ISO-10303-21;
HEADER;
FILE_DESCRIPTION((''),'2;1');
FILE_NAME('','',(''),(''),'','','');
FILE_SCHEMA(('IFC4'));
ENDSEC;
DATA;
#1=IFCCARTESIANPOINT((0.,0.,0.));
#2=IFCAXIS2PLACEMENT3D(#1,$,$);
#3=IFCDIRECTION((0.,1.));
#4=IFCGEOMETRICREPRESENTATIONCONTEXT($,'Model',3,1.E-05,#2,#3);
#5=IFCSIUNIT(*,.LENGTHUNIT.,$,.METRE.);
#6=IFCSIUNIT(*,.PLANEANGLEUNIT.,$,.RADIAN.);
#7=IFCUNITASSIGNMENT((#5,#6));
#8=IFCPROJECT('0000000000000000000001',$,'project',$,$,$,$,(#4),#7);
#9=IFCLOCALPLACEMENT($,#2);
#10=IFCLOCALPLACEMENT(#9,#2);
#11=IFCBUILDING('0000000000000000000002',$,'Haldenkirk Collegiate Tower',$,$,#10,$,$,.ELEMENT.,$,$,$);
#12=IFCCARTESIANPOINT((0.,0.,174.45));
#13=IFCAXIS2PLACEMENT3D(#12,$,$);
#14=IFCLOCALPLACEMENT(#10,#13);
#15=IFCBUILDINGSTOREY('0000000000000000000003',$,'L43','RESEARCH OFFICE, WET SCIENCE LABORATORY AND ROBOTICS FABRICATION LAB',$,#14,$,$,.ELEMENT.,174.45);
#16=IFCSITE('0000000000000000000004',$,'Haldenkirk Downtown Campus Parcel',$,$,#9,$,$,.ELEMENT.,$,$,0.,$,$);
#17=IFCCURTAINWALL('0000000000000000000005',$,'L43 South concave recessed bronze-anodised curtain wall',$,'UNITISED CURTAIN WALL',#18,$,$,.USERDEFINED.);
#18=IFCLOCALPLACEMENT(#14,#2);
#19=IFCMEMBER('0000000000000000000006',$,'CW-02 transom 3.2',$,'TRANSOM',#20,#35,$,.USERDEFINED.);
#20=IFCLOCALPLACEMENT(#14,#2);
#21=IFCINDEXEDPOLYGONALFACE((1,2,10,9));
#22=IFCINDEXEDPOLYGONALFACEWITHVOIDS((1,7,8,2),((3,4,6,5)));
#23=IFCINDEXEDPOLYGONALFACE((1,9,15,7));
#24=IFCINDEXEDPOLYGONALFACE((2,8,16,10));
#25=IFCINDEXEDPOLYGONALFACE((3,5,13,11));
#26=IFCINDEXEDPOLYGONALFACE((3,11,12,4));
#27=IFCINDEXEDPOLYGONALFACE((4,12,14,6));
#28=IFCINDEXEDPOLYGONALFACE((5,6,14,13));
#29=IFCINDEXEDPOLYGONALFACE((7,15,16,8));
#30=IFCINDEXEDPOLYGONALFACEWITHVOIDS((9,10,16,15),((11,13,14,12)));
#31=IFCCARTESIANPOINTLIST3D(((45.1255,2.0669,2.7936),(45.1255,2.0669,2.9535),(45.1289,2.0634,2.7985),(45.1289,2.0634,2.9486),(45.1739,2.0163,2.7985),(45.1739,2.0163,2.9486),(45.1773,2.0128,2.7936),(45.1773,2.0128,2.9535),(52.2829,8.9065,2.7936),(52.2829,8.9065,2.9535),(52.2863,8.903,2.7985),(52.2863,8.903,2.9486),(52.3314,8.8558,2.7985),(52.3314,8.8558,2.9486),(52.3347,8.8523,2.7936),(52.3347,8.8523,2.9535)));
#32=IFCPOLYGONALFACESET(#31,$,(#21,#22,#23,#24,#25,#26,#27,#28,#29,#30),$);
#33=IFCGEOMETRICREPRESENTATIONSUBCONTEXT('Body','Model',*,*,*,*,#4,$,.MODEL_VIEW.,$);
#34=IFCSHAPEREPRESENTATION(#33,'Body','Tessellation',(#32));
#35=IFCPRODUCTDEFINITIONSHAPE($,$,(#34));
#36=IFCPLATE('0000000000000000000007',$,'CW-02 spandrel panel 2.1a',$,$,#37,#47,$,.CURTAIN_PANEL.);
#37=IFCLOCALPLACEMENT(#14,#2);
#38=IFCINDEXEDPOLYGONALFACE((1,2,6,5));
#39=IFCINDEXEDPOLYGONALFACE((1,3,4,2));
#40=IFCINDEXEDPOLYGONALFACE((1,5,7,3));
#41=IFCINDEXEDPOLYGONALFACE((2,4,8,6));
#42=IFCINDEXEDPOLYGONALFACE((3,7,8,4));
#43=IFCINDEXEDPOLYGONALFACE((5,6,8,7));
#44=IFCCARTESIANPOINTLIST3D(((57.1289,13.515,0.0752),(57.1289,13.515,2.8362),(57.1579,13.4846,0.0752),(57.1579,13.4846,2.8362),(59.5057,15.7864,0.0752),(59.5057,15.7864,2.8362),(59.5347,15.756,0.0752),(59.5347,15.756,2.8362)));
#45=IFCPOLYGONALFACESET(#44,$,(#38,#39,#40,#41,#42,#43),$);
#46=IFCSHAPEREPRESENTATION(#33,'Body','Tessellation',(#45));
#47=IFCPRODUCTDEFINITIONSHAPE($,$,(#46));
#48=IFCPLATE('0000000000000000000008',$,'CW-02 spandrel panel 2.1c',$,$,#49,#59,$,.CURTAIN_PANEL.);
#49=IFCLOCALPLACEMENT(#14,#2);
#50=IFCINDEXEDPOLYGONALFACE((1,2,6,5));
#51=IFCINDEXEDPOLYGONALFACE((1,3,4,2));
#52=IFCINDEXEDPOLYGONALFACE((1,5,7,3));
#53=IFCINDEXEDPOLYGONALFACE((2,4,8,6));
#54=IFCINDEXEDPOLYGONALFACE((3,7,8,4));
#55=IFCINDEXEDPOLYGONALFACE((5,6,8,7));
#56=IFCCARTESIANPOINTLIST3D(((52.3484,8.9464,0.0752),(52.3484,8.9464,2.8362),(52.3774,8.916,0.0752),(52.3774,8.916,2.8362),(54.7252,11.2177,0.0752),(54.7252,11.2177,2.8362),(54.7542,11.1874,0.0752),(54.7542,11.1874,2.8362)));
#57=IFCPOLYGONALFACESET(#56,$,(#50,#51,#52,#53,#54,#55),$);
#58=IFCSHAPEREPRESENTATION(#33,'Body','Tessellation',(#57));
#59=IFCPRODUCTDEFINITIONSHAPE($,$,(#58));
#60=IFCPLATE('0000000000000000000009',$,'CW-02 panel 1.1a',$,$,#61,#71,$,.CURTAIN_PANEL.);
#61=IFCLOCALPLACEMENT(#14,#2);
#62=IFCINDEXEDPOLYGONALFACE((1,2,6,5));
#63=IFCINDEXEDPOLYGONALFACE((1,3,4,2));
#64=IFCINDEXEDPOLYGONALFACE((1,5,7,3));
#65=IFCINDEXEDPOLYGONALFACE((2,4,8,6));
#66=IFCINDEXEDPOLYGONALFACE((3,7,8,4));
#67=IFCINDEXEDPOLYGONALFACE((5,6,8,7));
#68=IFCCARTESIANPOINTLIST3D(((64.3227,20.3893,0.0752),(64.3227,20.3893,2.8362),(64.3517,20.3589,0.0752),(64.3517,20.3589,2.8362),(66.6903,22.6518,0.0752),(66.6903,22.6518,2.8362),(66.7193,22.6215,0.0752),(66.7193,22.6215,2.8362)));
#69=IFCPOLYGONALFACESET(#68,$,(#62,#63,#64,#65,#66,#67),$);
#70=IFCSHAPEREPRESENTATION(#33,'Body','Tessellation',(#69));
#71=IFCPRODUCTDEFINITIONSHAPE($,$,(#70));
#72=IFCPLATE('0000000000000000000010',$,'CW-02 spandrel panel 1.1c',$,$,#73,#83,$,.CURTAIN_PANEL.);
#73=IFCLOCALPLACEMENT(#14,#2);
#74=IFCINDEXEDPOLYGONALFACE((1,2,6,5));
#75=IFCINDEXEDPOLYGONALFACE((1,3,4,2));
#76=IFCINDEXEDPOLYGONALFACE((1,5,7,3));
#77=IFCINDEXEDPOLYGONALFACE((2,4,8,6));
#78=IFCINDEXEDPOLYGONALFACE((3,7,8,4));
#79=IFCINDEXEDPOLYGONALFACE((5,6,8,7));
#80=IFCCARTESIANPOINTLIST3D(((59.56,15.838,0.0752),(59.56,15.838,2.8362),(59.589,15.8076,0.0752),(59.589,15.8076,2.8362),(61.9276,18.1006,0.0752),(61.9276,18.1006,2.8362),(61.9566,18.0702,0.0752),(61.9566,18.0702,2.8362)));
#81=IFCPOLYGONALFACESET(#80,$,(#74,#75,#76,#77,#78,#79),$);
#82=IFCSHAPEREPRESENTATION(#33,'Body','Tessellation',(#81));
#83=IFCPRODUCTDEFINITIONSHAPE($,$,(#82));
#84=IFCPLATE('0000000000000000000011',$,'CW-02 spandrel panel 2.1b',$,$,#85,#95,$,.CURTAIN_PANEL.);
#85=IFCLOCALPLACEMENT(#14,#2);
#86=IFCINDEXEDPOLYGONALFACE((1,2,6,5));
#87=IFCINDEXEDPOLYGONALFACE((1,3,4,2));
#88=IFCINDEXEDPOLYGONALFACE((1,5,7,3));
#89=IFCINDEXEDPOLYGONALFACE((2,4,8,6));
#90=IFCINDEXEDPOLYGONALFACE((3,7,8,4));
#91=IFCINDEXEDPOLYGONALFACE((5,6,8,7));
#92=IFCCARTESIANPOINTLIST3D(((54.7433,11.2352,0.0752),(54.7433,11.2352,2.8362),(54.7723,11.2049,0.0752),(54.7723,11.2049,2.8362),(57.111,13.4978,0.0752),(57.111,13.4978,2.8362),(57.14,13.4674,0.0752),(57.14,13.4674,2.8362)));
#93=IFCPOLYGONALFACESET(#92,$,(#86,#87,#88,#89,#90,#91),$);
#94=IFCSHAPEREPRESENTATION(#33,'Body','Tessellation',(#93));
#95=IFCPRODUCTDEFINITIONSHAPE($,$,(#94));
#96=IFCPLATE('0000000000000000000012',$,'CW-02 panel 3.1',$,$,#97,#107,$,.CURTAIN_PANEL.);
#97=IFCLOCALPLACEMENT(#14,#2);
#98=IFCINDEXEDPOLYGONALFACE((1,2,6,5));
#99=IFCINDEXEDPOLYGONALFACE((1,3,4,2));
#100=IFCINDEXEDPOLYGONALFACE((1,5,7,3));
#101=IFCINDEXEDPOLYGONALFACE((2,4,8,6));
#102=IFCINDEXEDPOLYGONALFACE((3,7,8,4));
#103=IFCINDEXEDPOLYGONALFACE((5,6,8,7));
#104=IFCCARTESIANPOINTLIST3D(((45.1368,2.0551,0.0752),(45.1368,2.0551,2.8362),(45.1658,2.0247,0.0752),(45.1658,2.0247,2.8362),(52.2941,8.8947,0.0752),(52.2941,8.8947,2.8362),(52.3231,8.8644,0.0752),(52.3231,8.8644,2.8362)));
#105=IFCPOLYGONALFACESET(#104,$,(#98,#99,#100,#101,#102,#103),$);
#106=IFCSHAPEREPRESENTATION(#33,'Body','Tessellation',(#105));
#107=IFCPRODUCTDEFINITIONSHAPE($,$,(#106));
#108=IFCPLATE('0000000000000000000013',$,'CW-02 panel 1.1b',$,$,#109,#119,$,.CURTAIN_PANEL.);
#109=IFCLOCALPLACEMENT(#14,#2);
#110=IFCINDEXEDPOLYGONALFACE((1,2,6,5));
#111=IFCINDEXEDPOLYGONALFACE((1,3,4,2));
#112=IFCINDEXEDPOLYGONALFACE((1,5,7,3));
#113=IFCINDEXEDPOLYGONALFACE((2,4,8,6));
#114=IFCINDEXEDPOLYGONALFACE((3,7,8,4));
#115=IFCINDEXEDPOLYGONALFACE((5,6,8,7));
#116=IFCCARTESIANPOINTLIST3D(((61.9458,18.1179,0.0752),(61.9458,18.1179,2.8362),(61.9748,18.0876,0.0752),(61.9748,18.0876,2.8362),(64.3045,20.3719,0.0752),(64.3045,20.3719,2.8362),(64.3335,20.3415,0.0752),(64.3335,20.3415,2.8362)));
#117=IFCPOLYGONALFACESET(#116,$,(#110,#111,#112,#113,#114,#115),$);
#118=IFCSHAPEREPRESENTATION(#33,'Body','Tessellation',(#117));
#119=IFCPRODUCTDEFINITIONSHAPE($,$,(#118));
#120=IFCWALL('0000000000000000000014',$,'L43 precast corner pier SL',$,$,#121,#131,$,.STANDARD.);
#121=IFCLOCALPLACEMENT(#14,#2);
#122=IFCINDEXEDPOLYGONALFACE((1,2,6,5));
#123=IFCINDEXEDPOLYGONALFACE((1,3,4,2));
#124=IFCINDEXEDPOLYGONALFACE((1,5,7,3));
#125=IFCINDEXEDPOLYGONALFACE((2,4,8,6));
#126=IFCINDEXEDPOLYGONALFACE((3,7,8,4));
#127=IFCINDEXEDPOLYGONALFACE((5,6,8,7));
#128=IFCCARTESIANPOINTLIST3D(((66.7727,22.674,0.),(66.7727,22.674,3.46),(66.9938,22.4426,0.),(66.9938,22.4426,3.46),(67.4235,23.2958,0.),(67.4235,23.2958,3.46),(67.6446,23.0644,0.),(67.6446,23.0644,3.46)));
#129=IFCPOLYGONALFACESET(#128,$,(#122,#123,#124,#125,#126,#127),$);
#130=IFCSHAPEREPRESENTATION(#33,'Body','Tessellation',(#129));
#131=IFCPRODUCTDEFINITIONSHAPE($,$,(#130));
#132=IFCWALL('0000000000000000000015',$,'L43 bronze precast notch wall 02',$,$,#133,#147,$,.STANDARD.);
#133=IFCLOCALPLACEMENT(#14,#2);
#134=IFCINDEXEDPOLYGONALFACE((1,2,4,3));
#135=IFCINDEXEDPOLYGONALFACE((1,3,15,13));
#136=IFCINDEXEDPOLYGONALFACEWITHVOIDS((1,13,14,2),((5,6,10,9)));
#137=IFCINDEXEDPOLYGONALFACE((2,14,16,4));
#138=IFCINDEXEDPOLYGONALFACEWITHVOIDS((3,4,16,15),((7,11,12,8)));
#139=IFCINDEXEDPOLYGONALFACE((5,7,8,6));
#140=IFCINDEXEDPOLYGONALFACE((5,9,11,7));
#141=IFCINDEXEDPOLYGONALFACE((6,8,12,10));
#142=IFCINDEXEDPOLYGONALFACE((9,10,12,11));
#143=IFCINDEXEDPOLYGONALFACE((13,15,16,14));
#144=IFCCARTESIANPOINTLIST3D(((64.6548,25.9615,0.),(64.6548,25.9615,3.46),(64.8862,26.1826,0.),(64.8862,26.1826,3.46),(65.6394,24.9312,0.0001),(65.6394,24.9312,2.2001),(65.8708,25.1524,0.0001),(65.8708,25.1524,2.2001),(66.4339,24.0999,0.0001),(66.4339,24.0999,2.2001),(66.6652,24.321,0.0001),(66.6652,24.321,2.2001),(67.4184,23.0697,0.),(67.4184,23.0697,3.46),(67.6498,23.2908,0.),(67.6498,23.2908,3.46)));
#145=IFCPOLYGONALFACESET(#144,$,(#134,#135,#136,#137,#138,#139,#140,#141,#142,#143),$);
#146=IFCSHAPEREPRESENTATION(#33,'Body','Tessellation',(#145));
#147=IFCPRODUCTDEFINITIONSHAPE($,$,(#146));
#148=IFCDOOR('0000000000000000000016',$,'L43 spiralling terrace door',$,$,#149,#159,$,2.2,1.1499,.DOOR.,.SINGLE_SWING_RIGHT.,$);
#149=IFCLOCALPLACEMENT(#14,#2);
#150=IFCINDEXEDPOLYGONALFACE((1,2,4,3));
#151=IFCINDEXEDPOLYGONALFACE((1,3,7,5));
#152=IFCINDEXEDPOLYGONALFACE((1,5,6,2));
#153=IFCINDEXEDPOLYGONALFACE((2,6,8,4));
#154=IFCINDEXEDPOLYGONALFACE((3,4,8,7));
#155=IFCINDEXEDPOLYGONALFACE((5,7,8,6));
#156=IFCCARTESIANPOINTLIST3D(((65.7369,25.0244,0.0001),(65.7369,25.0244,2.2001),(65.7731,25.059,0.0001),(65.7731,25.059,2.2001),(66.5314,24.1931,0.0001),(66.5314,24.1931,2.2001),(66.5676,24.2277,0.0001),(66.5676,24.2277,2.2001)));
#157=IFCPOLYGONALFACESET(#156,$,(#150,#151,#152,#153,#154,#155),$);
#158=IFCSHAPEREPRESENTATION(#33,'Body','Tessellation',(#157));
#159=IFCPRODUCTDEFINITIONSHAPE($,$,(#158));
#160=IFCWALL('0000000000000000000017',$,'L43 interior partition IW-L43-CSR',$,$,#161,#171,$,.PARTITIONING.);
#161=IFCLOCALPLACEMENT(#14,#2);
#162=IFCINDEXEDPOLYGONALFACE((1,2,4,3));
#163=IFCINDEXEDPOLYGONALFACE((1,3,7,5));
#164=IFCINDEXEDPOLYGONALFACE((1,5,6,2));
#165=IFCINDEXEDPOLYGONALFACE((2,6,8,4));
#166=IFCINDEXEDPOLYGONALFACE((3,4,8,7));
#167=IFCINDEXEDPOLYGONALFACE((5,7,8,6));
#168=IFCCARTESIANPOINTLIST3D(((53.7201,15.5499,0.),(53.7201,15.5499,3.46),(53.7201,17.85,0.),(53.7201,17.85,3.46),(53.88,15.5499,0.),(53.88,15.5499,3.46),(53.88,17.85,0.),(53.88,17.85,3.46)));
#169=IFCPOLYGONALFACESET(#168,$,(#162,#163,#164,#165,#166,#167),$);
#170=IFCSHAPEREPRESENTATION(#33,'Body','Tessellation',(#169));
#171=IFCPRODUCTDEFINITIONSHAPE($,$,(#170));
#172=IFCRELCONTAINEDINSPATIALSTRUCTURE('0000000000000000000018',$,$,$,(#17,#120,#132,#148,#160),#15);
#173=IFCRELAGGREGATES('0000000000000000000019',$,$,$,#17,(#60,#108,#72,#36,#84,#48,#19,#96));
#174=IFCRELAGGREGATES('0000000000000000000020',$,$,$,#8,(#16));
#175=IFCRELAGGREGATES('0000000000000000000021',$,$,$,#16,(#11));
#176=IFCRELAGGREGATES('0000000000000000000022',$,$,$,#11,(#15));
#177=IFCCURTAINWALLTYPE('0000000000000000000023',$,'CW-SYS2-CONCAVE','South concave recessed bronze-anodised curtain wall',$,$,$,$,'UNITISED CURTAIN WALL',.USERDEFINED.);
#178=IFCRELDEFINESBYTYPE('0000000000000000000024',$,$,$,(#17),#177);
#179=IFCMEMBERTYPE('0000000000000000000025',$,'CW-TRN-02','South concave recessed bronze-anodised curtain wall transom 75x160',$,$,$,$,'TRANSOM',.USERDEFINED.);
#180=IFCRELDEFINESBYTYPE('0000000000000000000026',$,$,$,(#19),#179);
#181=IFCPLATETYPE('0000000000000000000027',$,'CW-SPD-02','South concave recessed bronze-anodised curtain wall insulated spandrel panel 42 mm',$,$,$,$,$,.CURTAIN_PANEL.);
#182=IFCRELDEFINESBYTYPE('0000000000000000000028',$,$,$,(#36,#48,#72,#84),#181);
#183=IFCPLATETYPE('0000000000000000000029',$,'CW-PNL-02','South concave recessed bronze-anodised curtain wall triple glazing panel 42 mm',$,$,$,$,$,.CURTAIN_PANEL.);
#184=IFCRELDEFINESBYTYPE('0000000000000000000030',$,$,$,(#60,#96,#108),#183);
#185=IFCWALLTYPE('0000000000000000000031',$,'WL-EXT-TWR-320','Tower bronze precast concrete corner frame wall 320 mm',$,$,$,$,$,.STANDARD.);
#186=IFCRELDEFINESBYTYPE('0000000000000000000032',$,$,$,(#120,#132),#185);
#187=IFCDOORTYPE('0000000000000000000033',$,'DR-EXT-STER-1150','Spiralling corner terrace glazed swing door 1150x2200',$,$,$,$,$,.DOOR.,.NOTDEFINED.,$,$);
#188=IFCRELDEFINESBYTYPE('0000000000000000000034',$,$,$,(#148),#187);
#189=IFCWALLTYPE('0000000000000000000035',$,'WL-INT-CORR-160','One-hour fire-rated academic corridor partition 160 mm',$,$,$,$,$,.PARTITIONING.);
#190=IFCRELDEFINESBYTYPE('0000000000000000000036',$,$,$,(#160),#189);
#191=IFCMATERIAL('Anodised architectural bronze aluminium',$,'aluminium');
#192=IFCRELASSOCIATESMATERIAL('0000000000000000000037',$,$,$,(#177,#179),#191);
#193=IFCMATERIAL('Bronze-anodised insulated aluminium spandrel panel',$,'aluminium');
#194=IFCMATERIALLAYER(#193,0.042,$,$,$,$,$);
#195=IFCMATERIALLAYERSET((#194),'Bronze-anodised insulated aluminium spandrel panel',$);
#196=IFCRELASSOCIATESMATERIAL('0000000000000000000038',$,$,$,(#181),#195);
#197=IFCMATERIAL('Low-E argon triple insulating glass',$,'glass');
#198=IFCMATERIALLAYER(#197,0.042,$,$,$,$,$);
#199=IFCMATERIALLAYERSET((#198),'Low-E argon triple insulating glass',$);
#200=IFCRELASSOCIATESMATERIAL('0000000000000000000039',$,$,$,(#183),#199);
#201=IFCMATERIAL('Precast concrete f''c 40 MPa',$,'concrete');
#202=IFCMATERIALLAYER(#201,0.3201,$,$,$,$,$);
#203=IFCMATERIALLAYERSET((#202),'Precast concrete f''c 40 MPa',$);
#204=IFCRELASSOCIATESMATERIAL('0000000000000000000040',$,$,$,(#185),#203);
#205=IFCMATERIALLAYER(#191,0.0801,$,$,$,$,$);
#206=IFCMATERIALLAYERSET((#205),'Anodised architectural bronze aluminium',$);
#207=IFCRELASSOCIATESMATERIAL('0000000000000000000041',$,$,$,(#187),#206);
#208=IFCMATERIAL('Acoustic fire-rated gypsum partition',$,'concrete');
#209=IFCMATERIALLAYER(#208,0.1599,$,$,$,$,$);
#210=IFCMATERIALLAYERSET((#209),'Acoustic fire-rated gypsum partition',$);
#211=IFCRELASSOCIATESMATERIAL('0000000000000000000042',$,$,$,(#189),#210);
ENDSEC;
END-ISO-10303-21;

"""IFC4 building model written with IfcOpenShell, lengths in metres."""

from ifc_helpers import new_model, si_unit, direction, frame, frame_2d, origin, origin_2d, place, context, subcontext, project, spatial, rectangle, hollow_rectangle, extrude, source, transform, mapped, material, layer, layer_set, material_profile, profile_set, type_object, element, fill, aggregate, save


model = new_model("IFC4")

# Units and contexts
model_context = context("Model", 3, precision=1e-05, world=origin(), true_north=direction((0.0, 1.0)))
body_context = subcontext(model_context, "Body", "Model", "MODEL_VIEW")
ifc_project = project(units=[si_unit("LENGTHUNIT", "METRE"), si_unit("PLANEANGLEUNIT", "RADIAN")], contexts=[model_context])

# Site, building, storey
site_placement = place(None, origin())
site = spatial("IfcSite", under=ifc_project, at=site_placement, Name="Haldenkirk Downtown Campus Parcel", CompositionType="ELEMENT", RefElevation=0.0)
building_placement = place(site_placement, origin())
building = spatial("IfcBuilding", under=site, at=building_placement, Name="Haldenkirk Collegiate Tower", CompositionType="ELEMENT")
storey_placement = place(building_placement, frame((0.0, 0.0, 174.45)))
storey = spatial("IfcBuildingStorey", under=building, at=storey_placement, Name="L43", Description="RESEARCH OFFICE, WET SCIENCE LABORATORY AND ROBOTICS FABRICATION LAB", CompositionType="ELEMENT", Elevation=174.45)

# Curtain wall, member, plates
ifc_material_1 = material(Name="Anodised architectural bronze aluminium", Category="aluminium")
curtain_wall_type = type_object("IfcCurtainWallType", Name="CW-SYS2-CONCAVE", Description="South concave recessed bronze-anodised curtain wall", ElementType="UNITISED CURTAIN WALL", PredefinedType="USERDEFINED", material=ifc_material_1)
curtain_wall_placement = place(storey_placement, origin())
curtain_wall = element("IfcCurtainWall", 1, at=curtain_wall_placement, inside=storey, type_object=curtain_wall_type, Name="L43 South concave recessed bronze-anodised curtain wall", ObjectType="UNITISED CURTAIN WALL", PredefinedType="USERDEFINED")
ifc_material_profile_1 = material_profile(ifc_material_1, hollow_rectangle(XDim=0.075, YDim=0.1599, WallThickness=0.0049, at=origin_2d()), Name="CW-TRN-02")
ifc_profile_set_1 = profile_set([ifc_material_profile_1], Name="Anodised architectural bronze aluminium")
member_type_1 = type_object("IfcMemberType", Name="CW-TRN-02", Description="South concave recessed bronze-anodised curtain wall transom 75x160", ElementType="TRANSOM", PredefinedType="USERDEFINED", material=ifc_profile_set_1)
member_1_placement = place(storey_placement, frame((52.3088, 8.8794, 2.8735), z_axis=(-0.722979, -0.69087, 0.0), x_axis=(0.69087, -0.722979, 0.0)))
member_1 = element("IfcMember", 2, at=member_1_placement, type_object=member_type_1, Name="CW-02 transom 3.2", ObjectType="TRANSOM", PredefinedType="USERDEFINED", context=body_context, shape_type="SweptSolid", body=[
    extrude(hollow_rectangle(XDim=0.075, YDim=0.1599, WallThickness=0.0049, at=origin_2d()), origin(), (0.0, 0.0, 1.0), 9.8999),
])
ifc_material_2 = material(Name="Bronze-anodised insulated aluminium spandrel panel", Category="aluminium")
ifc_layer_1 = layer(ifc_material_2, 0.042)
ifc_layer_set_1 = layer_set([ifc_layer_1], Name="Bronze-anodised insulated aluminium spandrel panel")
plate_type_1 = type_object("IfcPlateType", Name="CW-SPD-02", Description="South concave recessed bronze-anodised curtain wall insulated spandrel panel 42 mm", PredefinedType="CURTAIN_PANEL", material=ifc_layer_set_1)
shared_shape_1 = source(origin(), body_context, "Body", "SweptSolid", [
    extrude(rectangle(XDim=3.2876, YDim=0.042, at=origin_2d()), origin(), (0.0, 0.0, 1.0), 2.761),
])
plate_1_placement = place(storey_placement, frame((58.3318, 14.6355, 0.0752), z_axis=(0.0, 0.0, 1.0), x_axis=(-0.722966, -0.690883, 0.0)))
plate_1 = element("IfcPlate", 3, at=plate_1_placement, type_object=plate_type_1, Name="CW-02 spandrel panel 2.1a", PredefinedType="CURTAIN_PANEL", context=body_context, shape_type="MappedRepresentation", body=[
    mapped(shared_shape_1, transform((0.0, 0.0, 0.0), x_axis=(1.0, 0.0, 0.0), y_axis=(0.0, 1.0, 0.0), z_axis=(0.0, 0.0, 1.0), scale=1.0)),
])
plate_2_placement = place(storey_placement, frame((53.5513, 10.0669, 0.0752), z_axis=(0.0, 0.0, 1.0), x_axis=(-0.722966, -0.690883, 0.0)))
plate_2 = element("IfcPlate", 4, at=plate_2_placement, type_object=plate_type_1, Name="CW-02 spandrel panel 2.1c", PredefinedType="CURTAIN_PANEL", context=body_context, shape_type="MappedRepresentation", body=[
    mapped(shared_shape_1, transform((0.0, 0.0, 0.0), x_axis=(1.0, 0.0, 0.0), y_axis=(0.0, 1.0, 0.0), z_axis=(0.0, 0.0, 1.0), scale=1.0)),
])
ifc_material_3 = material(Name="Low-E argon triple insulating glass", Category="glass")
ifc_layer_2 = layer(ifc_material_3, 0.042)
ifc_layer_set_2 = layer_set([ifc_layer_2], Name="Low-E argon triple insulating glass")
plate_type_2 = type_object("IfcPlateType", Name="CW-PNL-02", Description="South concave recessed bronze-anodised curtain wall triple glazing panel 42 mm", PredefinedType="CURTAIN_PANEL", material=ifc_layer_set_2)
shared_shape_2 = source(origin(), body_context, "Body", "SweptSolid", [
    extrude(rectangle(XDim=3.2749, YDim=0.042, at=origin_2d()), origin(), (0.0, 0.0, 1.0), 2.761),
])
plate_3_placement = place(storey_placement, frame((65.521, 21.5054, 0.0752), z_axis=(0.0, 0.0, 1.0), x_axis=(-0.722966, -0.690883, 0.0)))
plate_3 = element("IfcPlate", 5, at=plate_3_placement, type_object=plate_type_2, Name="CW-02 panel 1.1a", PredefinedType="CURTAIN_PANEL", context=body_context, shape_type="MappedRepresentation", body=[
    mapped(shared_shape_2, transform((0.0, 0.0, 0.0), x_axis=(1.0, 0.0, 0.0), y_axis=(0.0, 1.0, 0.0), z_axis=(0.0, 0.0, 1.0), scale=1.0)),
])
plate_4_placement = place(storey_placement, frame((60.7583, 16.9541, 0.0752), z_axis=(0.0, 0.0, 1.0), x_axis=(-0.722966, -0.690883, 0.0)))
plate_4 = element("IfcPlate", 6, at=plate_4_placement, type_object=plate_type_1, Name="CW-02 spandrel panel 1.1c", PredefinedType="CURTAIN_PANEL", context=body_context, shape_type="MappedRepresentation", body=[
    mapped(shared_shape_2, transform((0.0, 0.0, 0.0), x_axis=(1.0, 0.0, 0.0), y_axis=(0.0, 1.0, 0.0), z_axis=(0.0, 0.0, 1.0), scale=1.0)),
])
plate_5_placement = place(storey_placement, frame((55.9417, 12.3513, 0.0752), z_axis=(0.0, 0.0, 1.0), x_axis=(-0.722966, -0.690883, 0.0)))
plate_5 = element("IfcPlate", 7, at=plate_5_placement, type_object=plate_type_1, Name="CW-02 spandrel panel 2.1b", PredefinedType="CURTAIN_PANEL", context=body_context, shape_type="MappedRepresentation", body=[
    mapped(shared_shape_2, transform((0.0, 0.0, 0.0), x_axis=(1.0, 0.0, 0.0), y_axis=(0.0, 1.0, 0.0), z_axis=(0.0, 0.0, 1.0), scale=1.0)),
])
shared_shape_3 = source(origin(), body_context, "Body", "SweptSolid", [
    extrude(rectangle(XDim=9.8999, YDim=0.042, at=origin_2d()), origin(), (0.0, 0.0, 1.0), 2.761),
])
plate_6_placement = place(storey_placement, frame((48.73, 5.4597, 0.0752), z_axis=(0.0, 0.0, 1.0), x_axis=(-0.722966, -0.690883, 0.0)))
plate_6 = element("IfcPlate", 8, at=plate_6_placement, type_object=plate_type_2, Name="CW-02 panel 3.1", PredefinedType="CURTAIN_PANEL", context=body_context, shape_type="MappedRepresentation", body=[
    mapped(shared_shape_3, transform((0.0, 0.0, 0.0), x_axis=(1.0, 0.0, 0.0), y_axis=(0.0, 1.0, 0.0), z_axis=(0.0, 0.0, 1.0), scale=1.0)),
])
shared_shape_4 = source(origin(), body_context, "Body", "SweptSolid", [
    extrude(rectangle(XDim=3.2625, YDim=0.042, at=origin_2d()), origin(), (0.0, 0.0, 1.0), 2.761),
])
plate_7_placement = place(storey_placement, frame((63.1396, 19.2297, 0.0752), z_axis=(0.0, 0.0, 1.0), x_axis=(-0.722966, -0.690883, 0.0)))
plate_7 = element("IfcPlate", 9, at=plate_7_placement, type_object=plate_type_2, Name="CW-02 panel 1.1b", PredefinedType="CURTAIN_PANEL", context=body_context, shape_type="MappedRepresentation", body=[
    mapped(shared_shape_4, transform((0.0, 0.0, 0.0), x_axis=(1.0, 0.0, 0.0), y_axis=(0.0, 1.0, 0.0), z_axis=(0.0, 0.0, 1.0), scale=1.0)),
])
aggregate(curtain_wall, [plate_3, plate_7, plate_4, plate_1, plate_5, plate_2, member_1, plate_6])

# Wall
ifc_material_4 = material(Name="Precast concrete f'c 40 MPa", Category="concrete")
ifc_layer_3 = layer(ifc_material_4, 0.3201)
ifc_layer_set_3 = layer_set([ifc_layer_3], Name="Precast concrete f'c 40 MPa")
wall_type_1 = type_object("IfcWallType", Name="WL-EXT-TWR-320", Description="Tower bronze precast concrete corner frame wall 320 mm", PredefinedType="STANDARD", material=ifc_layer_set_3)
wall_1_placement = place(storey_placement, frame((67.5342, 23.1802, 0.0), z_axis=(0.0, 0.0, 1.0), x_axis=(-0.72306, -0.690785, 0.0)))
element("IfcWall", 10, at=wall_1_placement, inside=storey, type_object=wall_type_1, Name="L43 precast corner pier SL", PredefinedType="STANDARD", context=body_context, shape_type="SweptSolid", body=[
    extrude(rectangle(XDim=0.9001, YDim=0.3201, at=frame_2d((0.4502, 0.0))), origin(), (0.0, 0.0, 1.0), 3.46),
])

# Wall, opening, door
wall_2_placement = place(storey_placement, frame((64.7705, 26.072, 0.0), z_axis=(0.0, 0.0, 1.0), x_axis=(0.690904, -0.722947, 0.0)))
wall_2 = element("IfcWall", 11, at=wall_2_placement, inside=storey, type_object=wall_type_1, Name="L43 bronze precast notch wall 02", PredefinedType="STANDARD", context=body_context, shape_type="SweptSolid", body=[
    extrude(rectangle(XDim=4.0, YDim=0.3201, at=frame_2d((2.0, 0.0))), origin(), (0.0, 0.0, 1.0), 3.46),
])
opening_placement = place(wall_2_placement, frame((1.425, 0.0, 0.0)))
opening = element("IfcOpeningElement", 12, at=opening_placement, cuts=wall_2, PredefinedType="OPENING", context=body_context, shape_type="SweptSolid", body=[
    extrude(rectangle(XDim=1.1499, YDim=2.2, at=frame_2d((0.575, 1.1001))), frame((0.0, 0.1699, 0.0), z_axis=(0.0, -1.0, 0.0), x_axis=(1.0, 0.0, 0.0)), (0.0, 0.0, 1.0), 0.3401),
])
ifc_layer_4 = layer(ifc_material_1, 0.0801)
ifc_layer_set_4 = layer_set([ifc_layer_4], Name="Anodised architectural bronze aluminium")
door_type = type_object("IfcDoorType", Name="DR-EXT-STER-1150", Description="Spiralling corner terrace glazed swing door 1150x2200", OperationType="NOTDEFINED", PredefinedType="DOOR", material=ifc_layer_set_4)
door_placement = place(opening_placement, origin())
door = element("IfcDoor", 13, at=door_placement, inside=storey, type_object=door_type, Name="L43 spiralling terrace door", OperationType="SINGLE_SWING_RIGHT", OverallHeight=2.2, OverallWidth=1.1499, PredefinedType="DOOR", context=body_context, shape_type="SweptSolid", body=[
    extrude(rectangle(XDim=1.1499, YDim=2.2, at=frame_2d((0.575, 1.1001))), frame((0.0, 0.0249, 0.0), z_axis=(0.0, -1.0, 0.0), x_axis=(1.0, 0.0, 0.0)), (0.0, 0.0, 1.0), 0.05),
])
fill(opening, door)

# Wall
ifc_material_5 = material(Name="Acoustic fire-rated gypsum partition", Category="concrete")
ifc_layer_5 = layer(ifc_material_5, 0.1599)
ifc_layer_set_5 = layer_set([ifc_layer_5], Name="Acoustic fire-rated gypsum partition")
wall_type_2 = type_object("IfcWallType", Name="WL-INT-CORR-160", Description="One-hour fire-rated academic corridor partition 160 mm", PredefinedType="PARTITIONING", material=ifc_layer_set_5)
wall_3_placement = place(storey_placement, frame((53.8, 15.55, 0.0), z_axis=(0.0, 0.0, 1.0), x_axis=(0.0, 1.0, 0.0)))
element("IfcWall", 14, at=wall_3_placement, inside=storey, type_object=wall_type_2, Name="L43 interior partition IW-L43-CSR", PredefinedType="PARTITIONING", context=body_context, shape_type="SweptSolid", body=[
    extrude(rectangle(XDim=2.3, YDim=0.1599, at=frame_2d((1.1499, 0.0))), origin(), (0.0, 0.0, 1.0), 3.46),
])

save(model, "model.ifc")
